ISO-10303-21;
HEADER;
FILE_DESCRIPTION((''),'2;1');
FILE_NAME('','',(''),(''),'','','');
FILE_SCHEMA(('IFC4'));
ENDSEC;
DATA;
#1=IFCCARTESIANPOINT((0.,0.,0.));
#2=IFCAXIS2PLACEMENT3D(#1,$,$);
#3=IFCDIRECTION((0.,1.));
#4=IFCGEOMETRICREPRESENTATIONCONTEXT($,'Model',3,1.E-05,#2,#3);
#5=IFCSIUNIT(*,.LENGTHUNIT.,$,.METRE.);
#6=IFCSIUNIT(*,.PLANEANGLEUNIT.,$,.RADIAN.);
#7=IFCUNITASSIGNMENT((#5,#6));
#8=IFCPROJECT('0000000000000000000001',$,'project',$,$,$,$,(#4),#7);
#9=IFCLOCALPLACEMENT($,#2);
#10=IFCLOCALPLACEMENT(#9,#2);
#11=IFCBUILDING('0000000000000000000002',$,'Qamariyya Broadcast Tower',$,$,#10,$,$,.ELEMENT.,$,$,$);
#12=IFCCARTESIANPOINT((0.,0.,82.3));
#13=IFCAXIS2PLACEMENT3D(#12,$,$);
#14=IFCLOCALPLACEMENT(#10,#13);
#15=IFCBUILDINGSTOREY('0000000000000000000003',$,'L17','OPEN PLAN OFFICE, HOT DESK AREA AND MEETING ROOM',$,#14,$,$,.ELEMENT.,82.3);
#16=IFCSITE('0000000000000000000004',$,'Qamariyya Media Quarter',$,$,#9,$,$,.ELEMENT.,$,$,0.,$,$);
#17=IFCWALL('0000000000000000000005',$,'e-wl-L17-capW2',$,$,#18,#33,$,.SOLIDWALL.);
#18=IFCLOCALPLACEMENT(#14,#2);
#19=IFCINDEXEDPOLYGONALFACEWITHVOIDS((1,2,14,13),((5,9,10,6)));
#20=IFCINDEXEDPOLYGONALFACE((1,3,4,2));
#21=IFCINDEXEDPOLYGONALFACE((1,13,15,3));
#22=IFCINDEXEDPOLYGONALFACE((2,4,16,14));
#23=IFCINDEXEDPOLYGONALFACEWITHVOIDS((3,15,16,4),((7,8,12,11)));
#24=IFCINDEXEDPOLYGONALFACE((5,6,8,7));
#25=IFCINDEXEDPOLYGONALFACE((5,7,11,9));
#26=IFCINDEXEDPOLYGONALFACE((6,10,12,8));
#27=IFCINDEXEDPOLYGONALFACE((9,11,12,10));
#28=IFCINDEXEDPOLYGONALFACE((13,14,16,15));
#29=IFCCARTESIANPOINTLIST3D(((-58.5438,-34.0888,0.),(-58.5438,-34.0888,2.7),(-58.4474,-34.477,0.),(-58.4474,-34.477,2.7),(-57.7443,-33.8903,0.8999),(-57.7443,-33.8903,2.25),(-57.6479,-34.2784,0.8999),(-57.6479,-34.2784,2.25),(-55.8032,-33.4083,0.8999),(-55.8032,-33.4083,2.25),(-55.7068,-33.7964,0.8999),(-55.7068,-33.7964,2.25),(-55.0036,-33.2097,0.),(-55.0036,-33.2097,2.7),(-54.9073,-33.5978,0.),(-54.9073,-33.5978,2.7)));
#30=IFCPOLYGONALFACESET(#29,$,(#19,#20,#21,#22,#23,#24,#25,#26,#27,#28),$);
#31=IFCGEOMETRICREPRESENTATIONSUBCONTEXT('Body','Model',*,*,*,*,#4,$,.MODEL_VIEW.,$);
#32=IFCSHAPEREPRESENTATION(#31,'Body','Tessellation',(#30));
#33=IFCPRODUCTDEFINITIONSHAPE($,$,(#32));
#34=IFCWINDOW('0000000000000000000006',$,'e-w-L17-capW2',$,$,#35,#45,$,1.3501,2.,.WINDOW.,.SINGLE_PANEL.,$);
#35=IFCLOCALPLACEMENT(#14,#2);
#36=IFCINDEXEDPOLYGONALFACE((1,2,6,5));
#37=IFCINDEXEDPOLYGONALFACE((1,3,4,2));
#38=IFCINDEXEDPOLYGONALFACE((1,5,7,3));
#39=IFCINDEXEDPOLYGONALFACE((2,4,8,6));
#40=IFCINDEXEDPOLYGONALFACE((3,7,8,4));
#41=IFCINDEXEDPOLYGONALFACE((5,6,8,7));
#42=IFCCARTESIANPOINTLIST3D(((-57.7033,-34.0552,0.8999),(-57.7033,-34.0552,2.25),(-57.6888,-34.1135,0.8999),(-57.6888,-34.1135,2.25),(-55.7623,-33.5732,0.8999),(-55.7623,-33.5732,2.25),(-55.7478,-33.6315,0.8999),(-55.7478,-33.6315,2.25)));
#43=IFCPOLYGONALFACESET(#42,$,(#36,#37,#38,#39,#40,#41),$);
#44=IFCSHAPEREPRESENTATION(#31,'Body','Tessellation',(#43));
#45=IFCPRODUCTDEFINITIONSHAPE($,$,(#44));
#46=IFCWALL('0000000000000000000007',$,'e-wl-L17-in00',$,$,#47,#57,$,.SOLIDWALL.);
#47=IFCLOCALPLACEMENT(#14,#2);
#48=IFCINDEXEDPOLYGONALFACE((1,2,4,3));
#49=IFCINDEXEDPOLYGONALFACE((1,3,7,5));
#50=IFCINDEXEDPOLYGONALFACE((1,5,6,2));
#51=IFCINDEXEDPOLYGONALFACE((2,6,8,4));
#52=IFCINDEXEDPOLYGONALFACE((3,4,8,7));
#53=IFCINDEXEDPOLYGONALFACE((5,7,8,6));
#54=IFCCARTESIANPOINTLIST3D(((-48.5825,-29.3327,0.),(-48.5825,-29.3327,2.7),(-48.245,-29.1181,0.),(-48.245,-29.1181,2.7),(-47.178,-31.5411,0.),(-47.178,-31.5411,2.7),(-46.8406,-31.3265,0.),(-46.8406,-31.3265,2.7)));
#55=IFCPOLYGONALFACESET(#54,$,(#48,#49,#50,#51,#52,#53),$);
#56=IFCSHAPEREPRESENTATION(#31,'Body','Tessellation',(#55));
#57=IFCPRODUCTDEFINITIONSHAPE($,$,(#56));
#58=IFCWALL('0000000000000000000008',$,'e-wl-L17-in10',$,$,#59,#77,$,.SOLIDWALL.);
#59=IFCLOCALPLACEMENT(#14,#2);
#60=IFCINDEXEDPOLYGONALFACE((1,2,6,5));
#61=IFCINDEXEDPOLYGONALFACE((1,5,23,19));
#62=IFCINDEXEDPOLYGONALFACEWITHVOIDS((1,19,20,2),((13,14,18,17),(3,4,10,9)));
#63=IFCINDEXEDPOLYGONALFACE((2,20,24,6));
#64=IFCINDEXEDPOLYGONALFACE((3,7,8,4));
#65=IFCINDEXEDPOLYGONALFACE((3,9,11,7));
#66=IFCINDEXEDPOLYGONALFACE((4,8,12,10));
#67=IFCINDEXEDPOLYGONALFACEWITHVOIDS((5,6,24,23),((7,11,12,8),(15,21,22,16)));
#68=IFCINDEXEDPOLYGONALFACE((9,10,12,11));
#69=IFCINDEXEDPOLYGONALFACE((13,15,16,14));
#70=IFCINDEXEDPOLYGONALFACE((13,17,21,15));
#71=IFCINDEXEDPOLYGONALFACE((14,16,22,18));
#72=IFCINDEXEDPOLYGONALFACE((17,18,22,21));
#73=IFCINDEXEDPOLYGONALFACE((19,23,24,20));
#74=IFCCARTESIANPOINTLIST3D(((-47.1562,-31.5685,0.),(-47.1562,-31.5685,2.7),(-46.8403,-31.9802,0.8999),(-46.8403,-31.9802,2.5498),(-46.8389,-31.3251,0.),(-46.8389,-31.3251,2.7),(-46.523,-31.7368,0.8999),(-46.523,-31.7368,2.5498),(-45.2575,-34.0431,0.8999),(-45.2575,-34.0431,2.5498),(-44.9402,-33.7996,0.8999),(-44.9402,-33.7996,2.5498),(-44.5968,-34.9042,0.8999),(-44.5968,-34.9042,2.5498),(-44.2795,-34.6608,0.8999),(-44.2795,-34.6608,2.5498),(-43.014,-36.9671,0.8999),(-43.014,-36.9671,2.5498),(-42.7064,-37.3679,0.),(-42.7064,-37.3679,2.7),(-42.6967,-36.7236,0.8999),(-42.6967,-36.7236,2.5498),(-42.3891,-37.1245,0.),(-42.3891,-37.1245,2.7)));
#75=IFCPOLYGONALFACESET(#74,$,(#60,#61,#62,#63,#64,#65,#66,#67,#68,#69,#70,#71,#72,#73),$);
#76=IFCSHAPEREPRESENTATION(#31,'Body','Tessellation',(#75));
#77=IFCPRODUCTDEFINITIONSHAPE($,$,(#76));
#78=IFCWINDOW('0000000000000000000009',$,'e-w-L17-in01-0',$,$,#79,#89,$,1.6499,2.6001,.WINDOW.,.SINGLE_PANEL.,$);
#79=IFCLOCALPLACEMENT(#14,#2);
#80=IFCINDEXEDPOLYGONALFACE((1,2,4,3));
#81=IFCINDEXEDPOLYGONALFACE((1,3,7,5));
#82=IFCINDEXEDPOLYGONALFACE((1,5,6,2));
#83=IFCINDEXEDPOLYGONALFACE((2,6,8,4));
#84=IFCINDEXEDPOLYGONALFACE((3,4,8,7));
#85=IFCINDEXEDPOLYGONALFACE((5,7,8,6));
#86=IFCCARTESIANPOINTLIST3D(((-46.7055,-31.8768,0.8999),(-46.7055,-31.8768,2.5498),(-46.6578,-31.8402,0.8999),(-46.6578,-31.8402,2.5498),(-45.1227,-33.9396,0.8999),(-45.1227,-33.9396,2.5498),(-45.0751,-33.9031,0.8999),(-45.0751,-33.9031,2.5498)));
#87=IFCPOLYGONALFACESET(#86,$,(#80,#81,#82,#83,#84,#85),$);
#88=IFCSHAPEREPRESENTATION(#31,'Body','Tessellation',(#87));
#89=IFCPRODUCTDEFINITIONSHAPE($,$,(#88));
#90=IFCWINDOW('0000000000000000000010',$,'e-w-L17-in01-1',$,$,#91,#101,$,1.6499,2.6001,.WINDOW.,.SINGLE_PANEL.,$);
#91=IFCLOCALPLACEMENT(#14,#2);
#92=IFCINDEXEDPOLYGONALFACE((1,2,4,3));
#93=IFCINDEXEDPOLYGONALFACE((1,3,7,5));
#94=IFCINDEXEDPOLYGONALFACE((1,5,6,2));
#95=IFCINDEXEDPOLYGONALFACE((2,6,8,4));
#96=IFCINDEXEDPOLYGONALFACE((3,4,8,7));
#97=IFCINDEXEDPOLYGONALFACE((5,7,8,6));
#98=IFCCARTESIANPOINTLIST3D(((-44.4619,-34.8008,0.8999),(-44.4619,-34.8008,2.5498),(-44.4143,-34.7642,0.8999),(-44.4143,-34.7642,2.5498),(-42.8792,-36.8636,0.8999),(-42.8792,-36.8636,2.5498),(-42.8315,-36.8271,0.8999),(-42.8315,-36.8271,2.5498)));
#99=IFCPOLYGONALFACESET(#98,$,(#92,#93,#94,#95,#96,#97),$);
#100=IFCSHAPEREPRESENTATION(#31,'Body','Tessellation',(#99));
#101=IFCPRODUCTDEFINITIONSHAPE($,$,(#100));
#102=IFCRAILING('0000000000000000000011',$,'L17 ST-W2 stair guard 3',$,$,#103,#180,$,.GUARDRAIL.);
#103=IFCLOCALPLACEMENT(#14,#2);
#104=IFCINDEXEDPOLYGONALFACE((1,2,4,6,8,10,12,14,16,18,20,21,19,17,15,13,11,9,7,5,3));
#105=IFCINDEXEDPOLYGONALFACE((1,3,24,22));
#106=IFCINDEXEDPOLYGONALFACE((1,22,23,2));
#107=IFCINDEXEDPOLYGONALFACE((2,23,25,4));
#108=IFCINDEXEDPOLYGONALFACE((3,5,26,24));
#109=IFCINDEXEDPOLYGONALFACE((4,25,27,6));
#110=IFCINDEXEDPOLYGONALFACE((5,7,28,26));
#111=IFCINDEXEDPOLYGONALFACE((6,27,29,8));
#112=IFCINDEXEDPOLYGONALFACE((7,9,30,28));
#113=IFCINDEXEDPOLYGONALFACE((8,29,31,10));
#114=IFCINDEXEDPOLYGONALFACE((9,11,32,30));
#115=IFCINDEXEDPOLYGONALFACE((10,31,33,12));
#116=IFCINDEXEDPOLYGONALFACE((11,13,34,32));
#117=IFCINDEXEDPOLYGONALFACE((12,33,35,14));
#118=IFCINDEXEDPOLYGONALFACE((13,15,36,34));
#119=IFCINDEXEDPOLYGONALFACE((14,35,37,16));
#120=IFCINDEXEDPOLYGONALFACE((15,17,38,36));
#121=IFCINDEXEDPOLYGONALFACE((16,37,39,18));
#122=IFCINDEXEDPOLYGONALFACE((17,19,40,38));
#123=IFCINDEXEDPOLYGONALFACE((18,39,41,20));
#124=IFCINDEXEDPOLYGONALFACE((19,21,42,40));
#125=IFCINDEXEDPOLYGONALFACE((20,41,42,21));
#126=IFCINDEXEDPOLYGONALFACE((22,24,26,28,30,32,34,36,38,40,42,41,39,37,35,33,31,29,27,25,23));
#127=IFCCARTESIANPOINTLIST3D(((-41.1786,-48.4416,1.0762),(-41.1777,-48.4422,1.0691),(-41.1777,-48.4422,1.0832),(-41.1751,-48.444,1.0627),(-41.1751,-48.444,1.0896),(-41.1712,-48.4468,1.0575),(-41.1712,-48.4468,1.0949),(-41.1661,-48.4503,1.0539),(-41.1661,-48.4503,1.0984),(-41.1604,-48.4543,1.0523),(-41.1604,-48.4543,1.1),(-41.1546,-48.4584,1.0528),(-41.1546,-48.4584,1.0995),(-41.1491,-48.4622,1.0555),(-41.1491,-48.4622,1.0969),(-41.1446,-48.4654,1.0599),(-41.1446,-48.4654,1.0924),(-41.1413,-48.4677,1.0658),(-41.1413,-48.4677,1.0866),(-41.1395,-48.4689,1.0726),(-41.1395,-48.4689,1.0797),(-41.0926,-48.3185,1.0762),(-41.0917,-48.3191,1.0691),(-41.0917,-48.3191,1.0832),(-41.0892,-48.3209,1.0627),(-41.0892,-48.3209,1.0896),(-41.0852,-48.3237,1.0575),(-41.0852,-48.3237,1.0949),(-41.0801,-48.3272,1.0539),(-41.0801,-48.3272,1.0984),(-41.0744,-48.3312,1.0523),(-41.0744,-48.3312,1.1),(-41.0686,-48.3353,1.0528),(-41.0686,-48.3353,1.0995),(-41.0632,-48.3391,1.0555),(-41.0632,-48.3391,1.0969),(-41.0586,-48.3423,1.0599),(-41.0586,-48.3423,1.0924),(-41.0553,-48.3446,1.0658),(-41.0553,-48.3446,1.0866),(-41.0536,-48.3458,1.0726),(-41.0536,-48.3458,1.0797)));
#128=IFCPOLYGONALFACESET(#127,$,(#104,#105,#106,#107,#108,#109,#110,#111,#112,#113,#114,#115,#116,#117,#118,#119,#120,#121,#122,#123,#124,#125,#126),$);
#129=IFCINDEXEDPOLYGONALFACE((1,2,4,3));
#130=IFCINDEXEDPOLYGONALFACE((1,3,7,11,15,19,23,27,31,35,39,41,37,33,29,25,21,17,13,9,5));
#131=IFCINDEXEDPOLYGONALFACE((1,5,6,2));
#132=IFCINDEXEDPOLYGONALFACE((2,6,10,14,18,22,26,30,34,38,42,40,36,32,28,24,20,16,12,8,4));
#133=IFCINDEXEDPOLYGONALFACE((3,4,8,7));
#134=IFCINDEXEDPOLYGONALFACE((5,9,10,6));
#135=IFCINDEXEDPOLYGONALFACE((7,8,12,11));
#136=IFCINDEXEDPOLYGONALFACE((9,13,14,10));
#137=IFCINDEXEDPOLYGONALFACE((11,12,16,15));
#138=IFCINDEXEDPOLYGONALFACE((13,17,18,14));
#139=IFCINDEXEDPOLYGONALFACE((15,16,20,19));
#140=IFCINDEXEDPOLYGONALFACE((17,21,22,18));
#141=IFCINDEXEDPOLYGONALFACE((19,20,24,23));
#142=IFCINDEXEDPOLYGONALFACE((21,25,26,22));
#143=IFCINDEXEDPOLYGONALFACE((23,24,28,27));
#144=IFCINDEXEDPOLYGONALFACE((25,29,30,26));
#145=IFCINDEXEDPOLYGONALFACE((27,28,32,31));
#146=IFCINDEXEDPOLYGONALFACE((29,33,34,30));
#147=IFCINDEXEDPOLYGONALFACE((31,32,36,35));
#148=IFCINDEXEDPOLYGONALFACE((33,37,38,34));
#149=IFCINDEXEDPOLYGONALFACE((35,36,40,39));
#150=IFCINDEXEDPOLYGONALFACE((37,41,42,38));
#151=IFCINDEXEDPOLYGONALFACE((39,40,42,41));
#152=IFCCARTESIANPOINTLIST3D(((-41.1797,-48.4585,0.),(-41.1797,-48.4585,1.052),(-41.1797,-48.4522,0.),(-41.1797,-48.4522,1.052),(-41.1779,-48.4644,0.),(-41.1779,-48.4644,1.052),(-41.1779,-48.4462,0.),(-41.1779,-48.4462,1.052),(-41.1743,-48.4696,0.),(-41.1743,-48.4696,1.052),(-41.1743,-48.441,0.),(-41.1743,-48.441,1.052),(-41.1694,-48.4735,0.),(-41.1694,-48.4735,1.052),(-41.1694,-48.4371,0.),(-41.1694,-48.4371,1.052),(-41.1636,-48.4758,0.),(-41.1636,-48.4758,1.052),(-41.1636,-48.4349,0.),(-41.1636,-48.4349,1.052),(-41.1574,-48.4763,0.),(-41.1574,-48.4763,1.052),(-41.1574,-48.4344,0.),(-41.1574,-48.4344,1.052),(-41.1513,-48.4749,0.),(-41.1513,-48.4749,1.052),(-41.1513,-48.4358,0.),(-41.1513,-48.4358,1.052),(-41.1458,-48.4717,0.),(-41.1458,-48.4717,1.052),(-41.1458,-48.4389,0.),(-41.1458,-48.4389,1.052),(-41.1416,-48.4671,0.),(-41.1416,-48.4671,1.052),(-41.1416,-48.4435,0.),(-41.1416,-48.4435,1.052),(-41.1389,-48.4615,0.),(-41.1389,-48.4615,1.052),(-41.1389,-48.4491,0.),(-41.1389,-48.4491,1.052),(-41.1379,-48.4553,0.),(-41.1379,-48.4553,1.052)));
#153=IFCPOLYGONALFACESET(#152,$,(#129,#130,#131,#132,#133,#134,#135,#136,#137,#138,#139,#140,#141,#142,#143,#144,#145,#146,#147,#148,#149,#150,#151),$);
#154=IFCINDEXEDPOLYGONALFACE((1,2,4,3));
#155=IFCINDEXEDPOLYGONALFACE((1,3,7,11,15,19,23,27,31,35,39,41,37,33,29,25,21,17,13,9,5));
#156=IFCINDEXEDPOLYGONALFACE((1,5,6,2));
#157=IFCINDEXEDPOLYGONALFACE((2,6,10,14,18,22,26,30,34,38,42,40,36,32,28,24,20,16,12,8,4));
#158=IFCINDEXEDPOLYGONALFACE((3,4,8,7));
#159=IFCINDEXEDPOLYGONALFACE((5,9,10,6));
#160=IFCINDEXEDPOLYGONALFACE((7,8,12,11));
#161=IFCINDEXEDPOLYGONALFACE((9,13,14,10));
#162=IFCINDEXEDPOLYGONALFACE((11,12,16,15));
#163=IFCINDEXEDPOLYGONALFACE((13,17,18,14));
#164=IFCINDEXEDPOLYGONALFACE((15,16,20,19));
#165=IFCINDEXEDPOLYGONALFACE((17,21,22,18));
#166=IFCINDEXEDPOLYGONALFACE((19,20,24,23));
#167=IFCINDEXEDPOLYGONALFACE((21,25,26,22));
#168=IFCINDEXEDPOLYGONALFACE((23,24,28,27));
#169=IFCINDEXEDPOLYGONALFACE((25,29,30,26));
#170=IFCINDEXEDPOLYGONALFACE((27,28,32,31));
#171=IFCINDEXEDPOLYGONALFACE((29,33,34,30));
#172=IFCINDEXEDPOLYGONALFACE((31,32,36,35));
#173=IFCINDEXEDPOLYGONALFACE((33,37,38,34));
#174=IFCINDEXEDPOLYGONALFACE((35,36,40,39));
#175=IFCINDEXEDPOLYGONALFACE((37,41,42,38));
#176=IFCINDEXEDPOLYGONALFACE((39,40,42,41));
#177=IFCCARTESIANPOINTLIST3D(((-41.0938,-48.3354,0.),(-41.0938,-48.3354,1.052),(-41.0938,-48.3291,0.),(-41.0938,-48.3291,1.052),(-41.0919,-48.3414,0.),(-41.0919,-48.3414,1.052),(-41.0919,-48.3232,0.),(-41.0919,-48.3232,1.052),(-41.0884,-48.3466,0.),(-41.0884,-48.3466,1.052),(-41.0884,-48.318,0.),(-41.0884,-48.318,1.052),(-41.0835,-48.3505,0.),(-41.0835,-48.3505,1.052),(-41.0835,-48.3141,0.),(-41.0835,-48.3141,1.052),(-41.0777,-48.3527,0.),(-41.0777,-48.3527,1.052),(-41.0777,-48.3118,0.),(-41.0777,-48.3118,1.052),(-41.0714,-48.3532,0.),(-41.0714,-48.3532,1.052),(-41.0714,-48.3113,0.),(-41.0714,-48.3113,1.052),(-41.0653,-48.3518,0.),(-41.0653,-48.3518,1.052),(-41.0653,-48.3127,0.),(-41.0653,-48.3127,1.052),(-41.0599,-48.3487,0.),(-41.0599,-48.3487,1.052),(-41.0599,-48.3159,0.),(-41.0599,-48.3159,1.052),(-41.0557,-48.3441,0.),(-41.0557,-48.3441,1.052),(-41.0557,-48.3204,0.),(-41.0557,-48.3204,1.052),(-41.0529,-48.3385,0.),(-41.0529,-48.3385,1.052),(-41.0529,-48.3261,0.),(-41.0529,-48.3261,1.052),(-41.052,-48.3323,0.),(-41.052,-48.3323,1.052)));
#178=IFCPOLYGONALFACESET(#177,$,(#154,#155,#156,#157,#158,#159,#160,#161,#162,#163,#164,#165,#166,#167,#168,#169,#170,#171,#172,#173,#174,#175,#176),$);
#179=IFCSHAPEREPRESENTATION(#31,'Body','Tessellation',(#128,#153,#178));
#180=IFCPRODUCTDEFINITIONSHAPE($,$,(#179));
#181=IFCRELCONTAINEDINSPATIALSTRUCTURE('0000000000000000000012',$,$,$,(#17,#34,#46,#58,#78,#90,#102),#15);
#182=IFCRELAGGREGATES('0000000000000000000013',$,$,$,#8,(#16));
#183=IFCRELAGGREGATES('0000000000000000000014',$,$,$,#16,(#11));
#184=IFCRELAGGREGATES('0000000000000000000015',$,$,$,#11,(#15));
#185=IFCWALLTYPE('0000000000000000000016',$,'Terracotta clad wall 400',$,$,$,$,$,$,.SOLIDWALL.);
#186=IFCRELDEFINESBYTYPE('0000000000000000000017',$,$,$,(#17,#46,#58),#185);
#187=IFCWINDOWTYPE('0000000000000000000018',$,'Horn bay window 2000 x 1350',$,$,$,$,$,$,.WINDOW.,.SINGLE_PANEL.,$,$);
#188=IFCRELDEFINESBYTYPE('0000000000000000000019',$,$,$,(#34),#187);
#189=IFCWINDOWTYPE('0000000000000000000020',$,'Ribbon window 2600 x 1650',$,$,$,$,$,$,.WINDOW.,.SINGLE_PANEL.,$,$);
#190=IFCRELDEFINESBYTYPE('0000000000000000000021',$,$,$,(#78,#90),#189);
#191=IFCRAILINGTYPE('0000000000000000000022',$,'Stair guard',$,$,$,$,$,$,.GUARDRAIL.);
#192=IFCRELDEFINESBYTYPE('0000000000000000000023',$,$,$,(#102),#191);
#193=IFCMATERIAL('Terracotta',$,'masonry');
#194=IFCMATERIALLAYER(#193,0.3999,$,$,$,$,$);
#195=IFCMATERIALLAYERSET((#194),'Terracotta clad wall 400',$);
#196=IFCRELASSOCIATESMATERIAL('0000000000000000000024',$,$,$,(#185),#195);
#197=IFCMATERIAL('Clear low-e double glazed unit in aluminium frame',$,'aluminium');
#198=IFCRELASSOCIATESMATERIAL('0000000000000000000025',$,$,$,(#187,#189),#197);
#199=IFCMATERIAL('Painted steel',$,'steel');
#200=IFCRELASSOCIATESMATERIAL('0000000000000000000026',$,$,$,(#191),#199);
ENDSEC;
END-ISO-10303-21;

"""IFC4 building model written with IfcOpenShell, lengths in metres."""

from ifc_helpers import new_model, si_unit, direction, frame, frame_2d, origin, origin_2d, place, context, subcontext, project, spatial, rectangle, circle, extrude, material, layer, layer_set, type_object, element, fill, save


model = new_model("IFC4")

# Units and contexts
model_context = context("Model", 3, precision=1e-05, world=origin(), true_north=direction((0.0, 1.0)))
body_context = subcontext(model_context, "Body", "Model", "MODEL_VIEW")
ifc_project = project(units=[si_unit("LENGTHUNIT", "METRE"), si_unit("PLANEANGLEUNIT", "RADIAN")], contexts=[model_context])

# Site, building, storey
site_placement = place(None, origin())
site = spatial("IfcSite", under=ifc_project, at=site_placement, Name="Qamariyya Media Quarter", CompositionType="ELEMENT", RefElevation=0.0)
building_placement = place(site_placement, origin())
building = spatial("IfcBuilding", under=site, at=building_placement, Name="Qamariyya Broadcast Tower", CompositionType="ELEMENT")
storey_placement = place(building_placement, frame((0.0, 0.0, 82.3)))
storey = spatial("IfcBuildingStorey", under=building, at=storey_placement, Name="L17", Description="OPEN PLAN OFFICE, HOT DESK AREA AND MEETING ROOM", CompositionType="ELEMENT", Elevation=82.3)

# Wall, opening, window
ifc_material_1 = material(Name="Terracotta", Category="masonry")
ifc_layer = layer(ifc_material_1, 0.3999)
ifc_layer_set = layer_set([ifc_layer], Name="Terracotta clad wall 400")
wall_type = type_object("IfcWallType", Name="Terracotta clad wall 400", PredefinedType="SOLIDWALL", material=ifc_layer_set)
ifc_material_2 = material(Name="Clear low-e double glazed unit in aluminium frame", Category="aluminium")
window_type_1 = type_object("IfcWindowType", Name="Horn bay window 2000 x 1350", PartitioningType="SINGLE_PANEL", PredefinedType="WINDOW", material=ifc_material_2)
wall_1_placement = place(storey_placement, frame((-54.9556, -33.4038, 0.0), z_axis=(0.0, 0.0, 1.0), x_axis=(-0.970523, -0.241008, 0.0)))
wall_1 = element("IfcWall", 1, at=wall_1_placement, inside=storey, type_object=wall_type, Name="e-wl-L17-capW2", PredefinedType="SOLIDWALL", context=body_context, shape_type="SweptSolid", body=[
    extrude(rectangle(XDim=3.6477, YDim=0.3999, at=frame_2d((1.8237, 0.0))), origin(), (0.0, 0.0, 1.0), 2.7),
])
opening_1_placement = place(wall_1_placement, frame((0.8237, 0.0, 0.8999)))
opening_1 = element("IfcOpeningElement", 2, at=opening_1_placement, cuts=wall_1, PredefinedType="OPENING", context=body_context, shape_type="SweptSolid", body=[
    extrude(rectangle(XDim=2.0, YDim=1.3501, at=frame_2d((1.0, 0.675))), frame((0.0, 0.21, 0.0), z_axis=(0.0, -1.0, 0.0), x_axis=(1.0, 0.0, 0.0)), (0.0, 0.0, 1.0), 0.4199),
])
window_1_placement = place(opening_1_placement, origin())
window_1 = element("IfcWindow", 3, at=window_1_placement, inside=storey, type_object=window_type_1, Name="e-w-L17-capW2", OverallHeight=1.3501, OverallWidth=2.0, PartitioningType="SINGLE_PANEL", PredefinedType="WINDOW", context=body_context, shape_type="SweptSolid", body=[
    extrude(rectangle(XDim=2.0, YDim=1.3501, at=frame_2d((1.0, 0.675))), frame((0.0, 0.03, 0.0), z_axis=(0.0, -1.0, 0.0), x_axis=(1.0, 0.0, 0.0)), (0.0, 0.0, 1.0), 0.0601),
])
fill(opening_1, window_1)

# Wall
wall_2_placement = place(storey_placement, frame((-47.0093, -31.4338, 0.0), z_axis=(0.0, 0.0, 1.0), x_axis=(-0.53664, 0.843811, 0.0)))
element("IfcWall", 4, at=wall_2_placement, inside=storey, type_object=wall_type, Name="e-wl-L17-in00", PredefinedType="SOLIDWALL", context=body_context, shape_type="SweptSolid", body=[
    extrude(rectangle(XDim=2.6172, YDim=0.3999, at=frame_2d((1.3086, 0.0))), origin(), (0.0, 0.0, 1.0), 2.7),
])

# Wall, openings, windows
wall_3_placement = place(storey_placement, frame((-42.5479, -37.2461, 0.0), z_axis=(0.0, 0.0, 1.0), x_axis=(-0.608739, 0.793371, 0.0)))
wall_3 = element("IfcWall", 5, at=wall_3_placement, inside=storey, type_object=wall_type, Name="e-wl-L17-in10", PredefinedType="SOLIDWALL", context=body_context, shape_type="SweptSolid", body=[
    extrude(rectangle(XDim=7.3098, YDim=0.3999, at=frame_2d((3.6548, 0.0))), origin(), (0.0, 0.0, 1.0), 2.7),
])
opening_2_placement = place(wall_3_placement, frame((4.1907, 0.0, 0.8999)))
opening_2 = element("IfcOpeningElement", 6, at=opening_2_placement, cuts=wall_3, PredefinedType="OPENING", context=body_context, shape_type="SweptSolid", body=[
    extrude(rectangle(XDim=2.6001, YDim=1.6499, at=frame_2d((1.3, 0.825))), frame((0.0, 0.21, 0.0), z_axis=(0.0, -1.0, 0.0), x_axis=(1.0, 0.0, 0.0)), (0.0, 0.0, 1.0), 0.4199),
])
opening_3_placement = place(wall_3_placement, frame((0.5051, 0.0, 0.8999)))
opening_3 = element("IfcOpeningElement", 7, at=opening_3_placement, cuts=wall_3, PredefinedType="OPENING", context=body_context, shape_type="SweptSolid", body=[
    extrude(rectangle(XDim=2.6001, YDim=1.6499, at=frame_2d((1.3, 0.825))), frame((0.0, 0.21, 0.0), z_axis=(0.0, -1.0, 0.0), x_axis=(1.0, 0.0, 0.0)), (0.0, 0.0, 1.0), 0.4199),
])
window_type_2 = type_object("IfcWindowType", Name="Ribbon window 2600 x 1650", PartitioningType="SINGLE_PANEL", PredefinedType="WINDOW", material=ifc_material_2)
window_2_placement = place(opening_2_placement, origin())
window_2 = element("IfcWindow", 8, at=window_2_placement, inside=storey, type_object=window_type_2, Name="e-w-L17-in01-0", OverallHeight=1.6499, OverallWidth=2.6001, PartitioningType="SINGLE_PANEL", PredefinedType="WINDOW", context=body_context, shape_type="SweptSolid", body=[
    extrude(rectangle(XDim=2.6001, YDim=1.6499, at=frame_2d((1.3, 0.825))), frame((0.0, 0.03, 0.0), z_axis=(0.0, -1.0, 0.0), x_axis=(1.0, 0.0, 0.0)), (0.0, 0.0, 1.0), 0.0601),
])
fill(opening_2, window_2)
window_3_placement = place(opening_3_placement, origin())
window_3 = element("IfcWindow", 9, at=window_3_placement, inside=storey, type_object=window_type_2, Name="e-w-L17-in01-1", OverallHeight=1.6499, OverallWidth=2.6001, PartitioningType="SINGLE_PANEL", PredefinedType="WINDOW", context=body_context, shape_type="SweptSolid", body=[
    extrude(rectangle(XDim=2.6001, YDim=1.6499, at=frame_2d((1.3, 0.825))), frame((0.0, 0.03, 0.0), z_axis=(0.0, -1.0, 0.0), x_axis=(1.0, 0.0, 0.0)), (0.0, 0.0, 1.0), 0.0601),
])
fill(opening_3, window_3)

# Railing
ifc_material_3 = material(Name="Painted steel", Category="steel")
railing_type_1 = type_object("IfcRailingType", Name="Stair guard", PredefinedType="GUARDRAIL", material=ifc_material_3)
railing_1_placement = place(storey_placement, frame((-41.1589, -48.4553, 0.0)))
element("IfcRailing", 10, at=railing_1_placement, inside=storey, type_object=railing_type_1, Name="L17 ST-W2 stair guard 3", PredefinedType="GUARDRAIL", context=body_context, shape_type="SweptSolid", body=[
    extrude(circle(Radius=0.0239, at=origin_2d()), frame((0.0, 0.0, 1.0762), z_axis=(0.572589, 0.819843, 0.0), x_axis=(-0.819843, 0.572589, 0.0)), (0.0, 0.0, 1.0), 0.1501),
    extrude(circle(Radius=0.021, at=origin_2d()), origin(), (0.0, 0.0, 1.0), 1.052),
    extrude(circle(Radius=0.021, at=origin_2d()), frame((0.0859, 0.123, 0.0)), (0.0, 0.0, 1.0), 1.052),
])

save(model, "model.ifc")
